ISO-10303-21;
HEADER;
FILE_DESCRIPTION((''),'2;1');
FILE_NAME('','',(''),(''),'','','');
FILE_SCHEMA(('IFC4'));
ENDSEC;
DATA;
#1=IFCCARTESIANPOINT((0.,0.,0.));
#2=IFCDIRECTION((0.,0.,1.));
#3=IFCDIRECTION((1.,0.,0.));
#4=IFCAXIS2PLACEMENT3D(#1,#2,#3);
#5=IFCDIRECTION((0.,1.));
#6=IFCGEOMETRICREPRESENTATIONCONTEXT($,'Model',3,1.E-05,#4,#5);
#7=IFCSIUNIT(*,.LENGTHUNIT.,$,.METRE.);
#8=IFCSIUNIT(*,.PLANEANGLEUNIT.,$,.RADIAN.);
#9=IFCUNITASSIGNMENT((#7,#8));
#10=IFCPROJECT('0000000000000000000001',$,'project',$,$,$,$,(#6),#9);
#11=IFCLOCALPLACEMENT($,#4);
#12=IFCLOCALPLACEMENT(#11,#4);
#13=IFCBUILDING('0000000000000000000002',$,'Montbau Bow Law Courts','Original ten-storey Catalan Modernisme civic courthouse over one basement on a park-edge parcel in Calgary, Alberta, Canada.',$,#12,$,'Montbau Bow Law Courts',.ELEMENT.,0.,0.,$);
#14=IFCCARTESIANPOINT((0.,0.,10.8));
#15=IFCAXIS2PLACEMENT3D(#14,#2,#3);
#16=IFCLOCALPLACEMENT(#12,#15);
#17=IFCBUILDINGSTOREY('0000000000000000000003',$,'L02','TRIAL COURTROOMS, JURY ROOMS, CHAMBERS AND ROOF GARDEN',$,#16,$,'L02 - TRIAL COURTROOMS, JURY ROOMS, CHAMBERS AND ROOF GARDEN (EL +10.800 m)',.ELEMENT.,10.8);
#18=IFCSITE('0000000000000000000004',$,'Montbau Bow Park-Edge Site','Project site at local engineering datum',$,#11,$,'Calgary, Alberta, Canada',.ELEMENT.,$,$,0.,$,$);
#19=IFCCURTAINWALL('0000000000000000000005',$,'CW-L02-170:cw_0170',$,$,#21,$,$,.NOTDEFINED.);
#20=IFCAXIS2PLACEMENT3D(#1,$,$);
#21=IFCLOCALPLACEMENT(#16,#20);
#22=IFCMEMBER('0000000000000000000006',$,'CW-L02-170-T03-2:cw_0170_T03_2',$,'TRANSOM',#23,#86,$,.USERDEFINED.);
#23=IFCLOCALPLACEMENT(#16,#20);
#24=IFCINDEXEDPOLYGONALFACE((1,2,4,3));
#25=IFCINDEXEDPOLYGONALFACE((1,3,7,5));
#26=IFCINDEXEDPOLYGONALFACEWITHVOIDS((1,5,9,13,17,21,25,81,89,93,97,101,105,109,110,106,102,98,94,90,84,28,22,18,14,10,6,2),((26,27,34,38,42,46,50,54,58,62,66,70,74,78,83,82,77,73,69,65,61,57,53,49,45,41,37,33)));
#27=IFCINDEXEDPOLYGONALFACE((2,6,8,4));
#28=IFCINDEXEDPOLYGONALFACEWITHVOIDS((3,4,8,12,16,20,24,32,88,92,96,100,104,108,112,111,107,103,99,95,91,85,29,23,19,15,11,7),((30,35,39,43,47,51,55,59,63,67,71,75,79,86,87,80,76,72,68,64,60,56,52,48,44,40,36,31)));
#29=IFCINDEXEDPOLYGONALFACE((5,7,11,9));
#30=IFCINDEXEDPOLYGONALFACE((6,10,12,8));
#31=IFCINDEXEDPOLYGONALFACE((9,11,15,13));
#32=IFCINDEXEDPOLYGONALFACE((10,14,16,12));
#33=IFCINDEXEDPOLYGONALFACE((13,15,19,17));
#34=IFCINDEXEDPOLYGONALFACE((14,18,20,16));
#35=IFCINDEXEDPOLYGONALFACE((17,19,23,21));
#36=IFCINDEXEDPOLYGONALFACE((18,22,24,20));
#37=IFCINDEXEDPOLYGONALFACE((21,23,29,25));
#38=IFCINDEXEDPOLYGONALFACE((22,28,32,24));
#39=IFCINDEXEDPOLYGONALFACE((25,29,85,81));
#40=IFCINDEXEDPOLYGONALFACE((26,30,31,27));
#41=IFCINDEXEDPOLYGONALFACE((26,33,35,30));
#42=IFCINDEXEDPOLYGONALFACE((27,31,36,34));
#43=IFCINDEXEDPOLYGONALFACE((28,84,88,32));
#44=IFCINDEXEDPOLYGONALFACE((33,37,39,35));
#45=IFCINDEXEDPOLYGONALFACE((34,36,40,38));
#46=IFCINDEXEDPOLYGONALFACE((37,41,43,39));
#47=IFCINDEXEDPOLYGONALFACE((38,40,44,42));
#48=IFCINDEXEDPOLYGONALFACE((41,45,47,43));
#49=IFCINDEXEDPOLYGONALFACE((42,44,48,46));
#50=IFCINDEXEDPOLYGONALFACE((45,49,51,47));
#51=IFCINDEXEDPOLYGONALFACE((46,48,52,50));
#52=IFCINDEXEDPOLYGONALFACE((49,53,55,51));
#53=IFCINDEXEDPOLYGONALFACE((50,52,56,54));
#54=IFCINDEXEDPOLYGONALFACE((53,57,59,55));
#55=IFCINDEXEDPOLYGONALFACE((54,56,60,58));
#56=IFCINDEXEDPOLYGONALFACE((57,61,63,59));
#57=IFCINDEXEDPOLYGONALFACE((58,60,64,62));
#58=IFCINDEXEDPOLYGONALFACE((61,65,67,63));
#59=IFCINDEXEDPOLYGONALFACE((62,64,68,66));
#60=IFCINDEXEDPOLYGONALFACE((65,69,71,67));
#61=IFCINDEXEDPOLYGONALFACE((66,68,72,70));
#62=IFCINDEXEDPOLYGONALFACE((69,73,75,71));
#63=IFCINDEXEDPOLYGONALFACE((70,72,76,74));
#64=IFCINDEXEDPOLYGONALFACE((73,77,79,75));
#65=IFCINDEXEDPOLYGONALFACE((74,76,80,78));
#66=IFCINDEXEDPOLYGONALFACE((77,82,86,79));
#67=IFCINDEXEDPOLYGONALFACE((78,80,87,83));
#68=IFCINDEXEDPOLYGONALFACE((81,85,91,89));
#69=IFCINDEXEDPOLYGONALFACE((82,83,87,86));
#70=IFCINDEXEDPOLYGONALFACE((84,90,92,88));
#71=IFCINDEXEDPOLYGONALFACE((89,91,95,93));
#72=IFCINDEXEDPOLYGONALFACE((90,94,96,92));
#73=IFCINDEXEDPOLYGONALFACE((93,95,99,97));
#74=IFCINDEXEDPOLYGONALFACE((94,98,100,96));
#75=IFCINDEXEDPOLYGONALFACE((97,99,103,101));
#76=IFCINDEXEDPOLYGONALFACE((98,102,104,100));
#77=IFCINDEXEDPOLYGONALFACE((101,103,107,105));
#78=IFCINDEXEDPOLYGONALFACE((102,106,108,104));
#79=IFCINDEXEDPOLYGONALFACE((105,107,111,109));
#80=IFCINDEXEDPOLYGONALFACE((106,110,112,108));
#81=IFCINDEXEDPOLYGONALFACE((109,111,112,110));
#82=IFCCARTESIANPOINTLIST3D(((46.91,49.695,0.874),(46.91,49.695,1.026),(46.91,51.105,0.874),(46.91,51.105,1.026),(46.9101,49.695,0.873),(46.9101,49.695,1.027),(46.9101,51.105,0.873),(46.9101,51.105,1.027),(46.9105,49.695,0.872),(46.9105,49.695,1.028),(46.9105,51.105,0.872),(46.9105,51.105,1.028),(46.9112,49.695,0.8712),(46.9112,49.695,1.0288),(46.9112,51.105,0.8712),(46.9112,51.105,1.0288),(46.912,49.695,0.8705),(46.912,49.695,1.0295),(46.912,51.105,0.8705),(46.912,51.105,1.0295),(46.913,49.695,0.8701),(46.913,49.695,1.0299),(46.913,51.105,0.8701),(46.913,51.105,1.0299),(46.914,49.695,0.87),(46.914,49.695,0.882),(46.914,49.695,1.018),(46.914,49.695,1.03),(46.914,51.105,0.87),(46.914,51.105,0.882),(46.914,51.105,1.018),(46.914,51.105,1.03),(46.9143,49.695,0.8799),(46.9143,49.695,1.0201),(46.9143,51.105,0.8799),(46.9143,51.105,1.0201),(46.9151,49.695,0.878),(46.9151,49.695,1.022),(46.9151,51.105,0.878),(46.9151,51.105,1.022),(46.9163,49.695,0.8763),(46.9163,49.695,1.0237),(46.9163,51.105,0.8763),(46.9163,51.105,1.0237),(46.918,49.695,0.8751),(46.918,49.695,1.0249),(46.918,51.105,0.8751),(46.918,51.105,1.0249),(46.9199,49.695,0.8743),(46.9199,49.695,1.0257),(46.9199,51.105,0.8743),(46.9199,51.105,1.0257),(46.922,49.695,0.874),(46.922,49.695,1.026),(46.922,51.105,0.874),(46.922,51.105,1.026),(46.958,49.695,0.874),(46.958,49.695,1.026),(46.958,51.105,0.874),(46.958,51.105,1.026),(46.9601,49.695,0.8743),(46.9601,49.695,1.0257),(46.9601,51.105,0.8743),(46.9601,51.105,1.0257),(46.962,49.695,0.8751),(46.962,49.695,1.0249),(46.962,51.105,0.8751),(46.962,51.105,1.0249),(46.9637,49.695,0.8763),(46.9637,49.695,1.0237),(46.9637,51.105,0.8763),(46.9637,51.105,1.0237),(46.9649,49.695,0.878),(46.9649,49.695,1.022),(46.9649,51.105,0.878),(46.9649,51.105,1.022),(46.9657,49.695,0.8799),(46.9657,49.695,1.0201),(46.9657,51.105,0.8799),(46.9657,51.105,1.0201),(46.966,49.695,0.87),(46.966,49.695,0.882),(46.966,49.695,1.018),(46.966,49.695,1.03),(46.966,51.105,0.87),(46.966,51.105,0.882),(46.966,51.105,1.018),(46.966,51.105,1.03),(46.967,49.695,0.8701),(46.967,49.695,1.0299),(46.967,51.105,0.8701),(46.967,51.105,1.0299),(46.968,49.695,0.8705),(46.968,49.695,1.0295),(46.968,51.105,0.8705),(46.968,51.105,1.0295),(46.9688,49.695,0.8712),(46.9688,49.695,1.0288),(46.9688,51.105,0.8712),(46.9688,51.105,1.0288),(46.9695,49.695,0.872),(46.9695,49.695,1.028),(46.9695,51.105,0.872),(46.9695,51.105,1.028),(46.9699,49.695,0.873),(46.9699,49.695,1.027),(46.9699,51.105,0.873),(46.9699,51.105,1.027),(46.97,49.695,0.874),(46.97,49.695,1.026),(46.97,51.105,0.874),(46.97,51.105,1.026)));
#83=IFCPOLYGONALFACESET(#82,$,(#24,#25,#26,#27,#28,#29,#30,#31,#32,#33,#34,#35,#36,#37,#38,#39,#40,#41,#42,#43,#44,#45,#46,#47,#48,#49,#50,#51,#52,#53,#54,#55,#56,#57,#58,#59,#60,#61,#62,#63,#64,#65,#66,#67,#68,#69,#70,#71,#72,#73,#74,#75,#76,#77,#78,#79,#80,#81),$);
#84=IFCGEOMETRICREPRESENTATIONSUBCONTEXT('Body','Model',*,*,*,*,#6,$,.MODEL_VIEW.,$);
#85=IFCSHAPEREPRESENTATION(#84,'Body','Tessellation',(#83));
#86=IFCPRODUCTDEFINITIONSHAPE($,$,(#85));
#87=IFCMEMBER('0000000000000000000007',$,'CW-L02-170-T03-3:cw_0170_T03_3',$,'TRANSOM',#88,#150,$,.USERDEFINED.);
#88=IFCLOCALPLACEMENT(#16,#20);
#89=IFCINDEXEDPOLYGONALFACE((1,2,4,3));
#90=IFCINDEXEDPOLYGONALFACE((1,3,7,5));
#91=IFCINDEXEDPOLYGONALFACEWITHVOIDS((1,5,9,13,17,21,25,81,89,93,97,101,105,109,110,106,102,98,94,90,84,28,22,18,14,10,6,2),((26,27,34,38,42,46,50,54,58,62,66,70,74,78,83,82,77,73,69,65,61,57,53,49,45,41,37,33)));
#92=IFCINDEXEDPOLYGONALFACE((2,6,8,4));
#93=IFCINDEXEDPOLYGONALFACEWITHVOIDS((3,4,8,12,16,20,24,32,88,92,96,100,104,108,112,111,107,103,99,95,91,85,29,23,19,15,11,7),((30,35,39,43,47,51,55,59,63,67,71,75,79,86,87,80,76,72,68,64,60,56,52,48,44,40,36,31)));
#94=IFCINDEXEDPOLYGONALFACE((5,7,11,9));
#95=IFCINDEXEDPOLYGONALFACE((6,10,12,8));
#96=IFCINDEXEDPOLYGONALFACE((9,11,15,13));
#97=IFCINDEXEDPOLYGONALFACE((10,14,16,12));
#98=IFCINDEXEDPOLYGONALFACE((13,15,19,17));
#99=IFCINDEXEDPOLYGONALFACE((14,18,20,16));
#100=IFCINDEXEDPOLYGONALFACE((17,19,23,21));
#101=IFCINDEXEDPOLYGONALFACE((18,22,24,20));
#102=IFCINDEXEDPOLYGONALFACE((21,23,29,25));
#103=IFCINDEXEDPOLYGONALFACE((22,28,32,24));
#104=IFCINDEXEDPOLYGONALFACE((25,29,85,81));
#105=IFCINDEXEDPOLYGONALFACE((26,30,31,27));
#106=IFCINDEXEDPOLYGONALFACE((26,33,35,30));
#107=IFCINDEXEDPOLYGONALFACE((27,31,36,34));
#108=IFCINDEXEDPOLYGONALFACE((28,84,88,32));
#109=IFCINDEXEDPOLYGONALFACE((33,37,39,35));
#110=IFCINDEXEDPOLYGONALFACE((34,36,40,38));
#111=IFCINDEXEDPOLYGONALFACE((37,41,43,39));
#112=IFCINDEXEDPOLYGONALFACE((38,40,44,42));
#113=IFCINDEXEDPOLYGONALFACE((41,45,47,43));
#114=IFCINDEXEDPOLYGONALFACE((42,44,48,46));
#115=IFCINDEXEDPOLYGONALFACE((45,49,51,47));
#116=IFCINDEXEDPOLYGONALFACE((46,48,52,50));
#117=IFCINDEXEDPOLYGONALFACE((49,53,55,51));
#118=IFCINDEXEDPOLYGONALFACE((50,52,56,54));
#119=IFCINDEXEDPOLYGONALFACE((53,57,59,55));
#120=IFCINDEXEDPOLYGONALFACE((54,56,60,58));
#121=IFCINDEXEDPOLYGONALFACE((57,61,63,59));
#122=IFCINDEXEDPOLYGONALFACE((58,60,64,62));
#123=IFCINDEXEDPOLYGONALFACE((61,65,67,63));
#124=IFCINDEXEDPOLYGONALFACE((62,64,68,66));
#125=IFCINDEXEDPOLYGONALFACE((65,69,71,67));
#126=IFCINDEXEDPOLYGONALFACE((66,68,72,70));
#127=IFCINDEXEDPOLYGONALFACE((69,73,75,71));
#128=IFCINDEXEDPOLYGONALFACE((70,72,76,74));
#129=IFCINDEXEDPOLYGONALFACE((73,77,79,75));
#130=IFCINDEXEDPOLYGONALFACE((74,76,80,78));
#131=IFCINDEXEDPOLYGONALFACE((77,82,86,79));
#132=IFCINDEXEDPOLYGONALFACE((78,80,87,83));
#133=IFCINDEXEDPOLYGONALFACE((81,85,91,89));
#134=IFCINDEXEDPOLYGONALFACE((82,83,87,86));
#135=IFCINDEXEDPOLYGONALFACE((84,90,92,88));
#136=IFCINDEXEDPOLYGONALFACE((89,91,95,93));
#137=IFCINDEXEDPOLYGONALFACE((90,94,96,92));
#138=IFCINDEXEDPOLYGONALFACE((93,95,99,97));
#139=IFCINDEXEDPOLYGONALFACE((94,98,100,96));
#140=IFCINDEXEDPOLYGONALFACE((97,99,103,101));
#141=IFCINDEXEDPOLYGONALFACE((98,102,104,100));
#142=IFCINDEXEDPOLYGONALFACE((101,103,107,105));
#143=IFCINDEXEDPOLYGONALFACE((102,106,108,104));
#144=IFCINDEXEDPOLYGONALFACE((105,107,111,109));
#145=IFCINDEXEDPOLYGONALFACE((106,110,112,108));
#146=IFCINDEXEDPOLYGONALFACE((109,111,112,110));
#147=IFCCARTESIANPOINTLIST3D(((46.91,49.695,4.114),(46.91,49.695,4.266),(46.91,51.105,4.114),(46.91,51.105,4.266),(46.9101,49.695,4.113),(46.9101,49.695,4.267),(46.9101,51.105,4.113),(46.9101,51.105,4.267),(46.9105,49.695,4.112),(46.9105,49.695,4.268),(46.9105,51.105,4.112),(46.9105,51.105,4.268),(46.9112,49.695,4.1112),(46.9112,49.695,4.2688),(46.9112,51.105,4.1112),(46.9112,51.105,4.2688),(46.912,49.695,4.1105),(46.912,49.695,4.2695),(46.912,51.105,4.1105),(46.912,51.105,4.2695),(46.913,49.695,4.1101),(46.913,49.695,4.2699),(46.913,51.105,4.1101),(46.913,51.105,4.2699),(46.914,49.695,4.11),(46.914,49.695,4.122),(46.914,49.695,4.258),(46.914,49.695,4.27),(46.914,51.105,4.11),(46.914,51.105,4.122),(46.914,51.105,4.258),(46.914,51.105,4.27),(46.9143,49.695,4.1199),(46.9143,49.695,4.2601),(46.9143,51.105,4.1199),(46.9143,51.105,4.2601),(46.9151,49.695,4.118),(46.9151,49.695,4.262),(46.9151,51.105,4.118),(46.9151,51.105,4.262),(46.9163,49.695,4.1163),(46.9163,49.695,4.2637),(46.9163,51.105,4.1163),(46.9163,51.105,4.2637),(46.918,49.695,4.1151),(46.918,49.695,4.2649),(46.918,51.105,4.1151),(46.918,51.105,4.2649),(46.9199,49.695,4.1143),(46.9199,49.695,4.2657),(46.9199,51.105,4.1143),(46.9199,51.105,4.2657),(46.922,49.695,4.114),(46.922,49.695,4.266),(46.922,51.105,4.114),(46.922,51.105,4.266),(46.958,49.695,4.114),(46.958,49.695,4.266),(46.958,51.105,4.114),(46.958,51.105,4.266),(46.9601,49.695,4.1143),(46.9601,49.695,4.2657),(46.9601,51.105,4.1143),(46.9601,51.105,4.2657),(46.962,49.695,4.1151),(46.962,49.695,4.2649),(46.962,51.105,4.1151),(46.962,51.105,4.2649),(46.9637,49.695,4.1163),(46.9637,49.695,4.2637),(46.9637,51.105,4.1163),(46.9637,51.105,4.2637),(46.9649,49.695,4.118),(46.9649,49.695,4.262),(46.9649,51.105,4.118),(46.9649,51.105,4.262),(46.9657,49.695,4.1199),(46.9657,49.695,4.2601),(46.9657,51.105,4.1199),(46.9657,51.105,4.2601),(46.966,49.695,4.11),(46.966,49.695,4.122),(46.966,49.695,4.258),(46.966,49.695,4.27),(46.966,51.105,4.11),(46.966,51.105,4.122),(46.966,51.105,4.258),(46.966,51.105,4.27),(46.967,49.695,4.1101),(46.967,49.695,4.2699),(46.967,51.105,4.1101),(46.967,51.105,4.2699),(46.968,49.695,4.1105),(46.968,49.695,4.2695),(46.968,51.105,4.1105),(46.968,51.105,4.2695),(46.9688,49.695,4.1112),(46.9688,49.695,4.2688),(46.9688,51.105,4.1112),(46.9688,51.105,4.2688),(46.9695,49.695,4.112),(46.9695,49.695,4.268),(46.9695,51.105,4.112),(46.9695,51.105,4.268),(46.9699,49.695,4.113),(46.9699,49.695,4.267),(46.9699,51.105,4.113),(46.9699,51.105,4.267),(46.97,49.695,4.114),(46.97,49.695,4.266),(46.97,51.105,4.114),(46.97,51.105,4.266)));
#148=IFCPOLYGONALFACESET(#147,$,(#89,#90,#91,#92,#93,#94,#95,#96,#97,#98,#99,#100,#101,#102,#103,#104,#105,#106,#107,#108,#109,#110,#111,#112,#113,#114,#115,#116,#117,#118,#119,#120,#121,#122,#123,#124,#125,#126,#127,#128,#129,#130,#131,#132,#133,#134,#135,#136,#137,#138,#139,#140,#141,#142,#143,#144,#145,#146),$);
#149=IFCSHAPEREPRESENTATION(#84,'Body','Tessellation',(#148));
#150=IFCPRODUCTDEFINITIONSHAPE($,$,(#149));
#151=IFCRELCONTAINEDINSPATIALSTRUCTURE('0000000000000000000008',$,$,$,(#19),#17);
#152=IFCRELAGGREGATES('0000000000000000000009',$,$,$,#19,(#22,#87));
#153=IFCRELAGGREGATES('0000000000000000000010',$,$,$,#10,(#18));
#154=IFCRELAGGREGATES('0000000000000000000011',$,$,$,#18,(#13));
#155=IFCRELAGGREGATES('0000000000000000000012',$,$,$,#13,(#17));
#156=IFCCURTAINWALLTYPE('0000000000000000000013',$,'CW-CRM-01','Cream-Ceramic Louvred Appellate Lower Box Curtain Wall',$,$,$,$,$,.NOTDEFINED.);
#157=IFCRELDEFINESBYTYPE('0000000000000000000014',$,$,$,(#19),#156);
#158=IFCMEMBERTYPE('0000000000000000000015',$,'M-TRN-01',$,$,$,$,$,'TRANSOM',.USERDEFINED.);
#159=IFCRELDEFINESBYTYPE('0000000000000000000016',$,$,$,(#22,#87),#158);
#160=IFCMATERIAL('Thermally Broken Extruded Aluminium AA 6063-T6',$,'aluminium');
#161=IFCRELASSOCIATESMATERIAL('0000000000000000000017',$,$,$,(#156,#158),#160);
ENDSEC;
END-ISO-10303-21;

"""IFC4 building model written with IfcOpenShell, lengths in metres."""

from ifc_helpers import new_model, si_unit, direction, frame, origin_with_axes, origin_2d_with_axis, place, context, subcontext, project, spatial, hollow_rectangle, extrude, material, material_profile, profile_set, type_object, element, aggregate, save


model = new_model("IFC4")

# Units and contexts
model_context = context("Model", 3, precision=1e-05, world=origin_with_axes(), true_north=direction((0.0, 1.0)))
body_context = subcontext(model_context, "Body", "Model", "MODEL_VIEW")
ifc_project = project(units=[si_unit("LENGTHUNIT", "METRE"), si_unit("PLANEANGLEUNIT", "RADIAN")], contexts=[model_context])

# Site, building, storey
site_placement = place(None, origin_with_axes())
site = spatial("IfcSite", under=ifc_project, at=site_placement, Name="Montbau Bow Park-Edge Site", Description="Project site at local engineering datum", LongName="Calgary, Alberta, Canada", CompositionType="ELEMENT", RefElevation=0.0)
building_placement = place(site_placement, origin_with_axes())
building = spatial("IfcBuilding", under=site, at=building_placement, Name="Montbau Bow Law Courts", Description="Original ten-storey Catalan Modernisme civic courthouse over one basement on a park-edge parcel in Calgary, Alberta, Canada.", LongName="Montbau Bow Law Courts", CompositionType="ELEMENT", ElevationOfRefHeight=0.0, ElevationOfTerrain=0.0)
storey_placement = place(building_placement, frame((0.0, 0.0, 10.8), z_axis=(0.0, 0.0, 1.0), x_axis=(1.0, 0.0, 0.0)))
storey = spatial("IfcBuildingStorey", under=building, at=storey_placement, Name="L02", Description="TRIAL COURTROOMS, JURY ROOMS, CHAMBERS AND ROOF GARDEN", LongName="L02 - TRIAL COURTROOMS, JURY ROOMS, CHAMBERS AND ROOF GARDEN (EL +10.800 m)", CompositionType="ELEMENT", Elevation=10.8)

# Curtain wall, members
ifc_material_1 = material(Name="Thermally Broken Extruded Aluminium AA 6063-T6", Category="aluminium")
curtain_wall_type_1 = type_object("IfcCurtainWallType", Name="CW-CRM-01", Description="Cream-Ceramic Louvred Appellate Lower Box Curtain Wall", PredefinedType="NOTDEFINED", material=ifc_material_1)
curtain_wall_1_placement = place(None, frame((46.94, 46.715, 10.8), z_axis=(0.0, 0.0, 1.0), x_axis=(1.0, 0.0, 0.0)))
curtain_wall_1 = element("IfcCurtainWall", 1, at=curtain_wall_1_placement, inside=storey, type_object=curtain_wall_type_1, Name="CW-L02-170:cw_0170", PredefinedType="NOTDEFINED")
ifc_material_profile_1 = material_profile(ifc_material_1, hollow_rectangle(XDim=0.06, YDim=0.16, WallThickness=0.004, InnerFilletRadius=0.008, OuterFilletRadius=0.004, at=origin_2d_with_axis()), Name="CWT-160X60", Category="Main", Priority=0)
ifc_profile_set_1 = profile_set([ifc_material_profile_1], Name="Thermally Broken Extruded Aluminium AA 6063-T6")
member_type_1 = type_object("IfcMemberType", Name="M-TRN-01", ElementType="TRANSOM", PredefinedType="USERDEFINED", material=ifc_profile_set_1)
member_1_placement = place(None, frame((46.94, 49.695, 11.75), z_axis=(0.0, 1.0, 0.0), x_axis=(-1.0, 0.0, 0.0)))
member_1 = element("IfcMember", 2, at=member_1_placement, type_object=member_type_1, Name="CW-L02-170-T03-2:cw_0170_T03_2", ObjectType="TRANSOM", PredefinedType="USERDEFINED", context=body_context, shape_type="SweptSolid", body=[
    extrude(hollow_rectangle(XDim=0.06, YDim=0.16, WallThickness=0.004, InnerFilletRadius=0.008, OuterFilletRadius=0.004, at=origin_2d_with_axis()), origin_with_axes(), (0.0, 0.0, 1.0), 1.41),
])
member_2_placement = place(None, frame((46.94, 49.695, 14.99), z_axis=(0.0, 1.0, 0.0), x_axis=(-1.0, 0.0, 0.0)))
member_2 = element("IfcMember", 3, at=member_2_placement, type_object=member_type_1, Name="CW-L02-170-T03-3:cw_0170_T03_3", ObjectType="TRANSOM", PredefinedType="USERDEFINED", context=body_context, shape_type="SweptSolid", body=[
    extrude(hollow_rectangle(XDim=0.06, YDim=0.16, WallThickness=0.004, InnerFilletRadius=0.008, OuterFilletRadius=0.004, at=origin_2d_with_axis()), origin_with_axes(), (0.0, 0.0, 1.0), 1.41),
])

aggregate(curtain_wall_1, [member_1, member_2])

save(model, "model.ifc")
